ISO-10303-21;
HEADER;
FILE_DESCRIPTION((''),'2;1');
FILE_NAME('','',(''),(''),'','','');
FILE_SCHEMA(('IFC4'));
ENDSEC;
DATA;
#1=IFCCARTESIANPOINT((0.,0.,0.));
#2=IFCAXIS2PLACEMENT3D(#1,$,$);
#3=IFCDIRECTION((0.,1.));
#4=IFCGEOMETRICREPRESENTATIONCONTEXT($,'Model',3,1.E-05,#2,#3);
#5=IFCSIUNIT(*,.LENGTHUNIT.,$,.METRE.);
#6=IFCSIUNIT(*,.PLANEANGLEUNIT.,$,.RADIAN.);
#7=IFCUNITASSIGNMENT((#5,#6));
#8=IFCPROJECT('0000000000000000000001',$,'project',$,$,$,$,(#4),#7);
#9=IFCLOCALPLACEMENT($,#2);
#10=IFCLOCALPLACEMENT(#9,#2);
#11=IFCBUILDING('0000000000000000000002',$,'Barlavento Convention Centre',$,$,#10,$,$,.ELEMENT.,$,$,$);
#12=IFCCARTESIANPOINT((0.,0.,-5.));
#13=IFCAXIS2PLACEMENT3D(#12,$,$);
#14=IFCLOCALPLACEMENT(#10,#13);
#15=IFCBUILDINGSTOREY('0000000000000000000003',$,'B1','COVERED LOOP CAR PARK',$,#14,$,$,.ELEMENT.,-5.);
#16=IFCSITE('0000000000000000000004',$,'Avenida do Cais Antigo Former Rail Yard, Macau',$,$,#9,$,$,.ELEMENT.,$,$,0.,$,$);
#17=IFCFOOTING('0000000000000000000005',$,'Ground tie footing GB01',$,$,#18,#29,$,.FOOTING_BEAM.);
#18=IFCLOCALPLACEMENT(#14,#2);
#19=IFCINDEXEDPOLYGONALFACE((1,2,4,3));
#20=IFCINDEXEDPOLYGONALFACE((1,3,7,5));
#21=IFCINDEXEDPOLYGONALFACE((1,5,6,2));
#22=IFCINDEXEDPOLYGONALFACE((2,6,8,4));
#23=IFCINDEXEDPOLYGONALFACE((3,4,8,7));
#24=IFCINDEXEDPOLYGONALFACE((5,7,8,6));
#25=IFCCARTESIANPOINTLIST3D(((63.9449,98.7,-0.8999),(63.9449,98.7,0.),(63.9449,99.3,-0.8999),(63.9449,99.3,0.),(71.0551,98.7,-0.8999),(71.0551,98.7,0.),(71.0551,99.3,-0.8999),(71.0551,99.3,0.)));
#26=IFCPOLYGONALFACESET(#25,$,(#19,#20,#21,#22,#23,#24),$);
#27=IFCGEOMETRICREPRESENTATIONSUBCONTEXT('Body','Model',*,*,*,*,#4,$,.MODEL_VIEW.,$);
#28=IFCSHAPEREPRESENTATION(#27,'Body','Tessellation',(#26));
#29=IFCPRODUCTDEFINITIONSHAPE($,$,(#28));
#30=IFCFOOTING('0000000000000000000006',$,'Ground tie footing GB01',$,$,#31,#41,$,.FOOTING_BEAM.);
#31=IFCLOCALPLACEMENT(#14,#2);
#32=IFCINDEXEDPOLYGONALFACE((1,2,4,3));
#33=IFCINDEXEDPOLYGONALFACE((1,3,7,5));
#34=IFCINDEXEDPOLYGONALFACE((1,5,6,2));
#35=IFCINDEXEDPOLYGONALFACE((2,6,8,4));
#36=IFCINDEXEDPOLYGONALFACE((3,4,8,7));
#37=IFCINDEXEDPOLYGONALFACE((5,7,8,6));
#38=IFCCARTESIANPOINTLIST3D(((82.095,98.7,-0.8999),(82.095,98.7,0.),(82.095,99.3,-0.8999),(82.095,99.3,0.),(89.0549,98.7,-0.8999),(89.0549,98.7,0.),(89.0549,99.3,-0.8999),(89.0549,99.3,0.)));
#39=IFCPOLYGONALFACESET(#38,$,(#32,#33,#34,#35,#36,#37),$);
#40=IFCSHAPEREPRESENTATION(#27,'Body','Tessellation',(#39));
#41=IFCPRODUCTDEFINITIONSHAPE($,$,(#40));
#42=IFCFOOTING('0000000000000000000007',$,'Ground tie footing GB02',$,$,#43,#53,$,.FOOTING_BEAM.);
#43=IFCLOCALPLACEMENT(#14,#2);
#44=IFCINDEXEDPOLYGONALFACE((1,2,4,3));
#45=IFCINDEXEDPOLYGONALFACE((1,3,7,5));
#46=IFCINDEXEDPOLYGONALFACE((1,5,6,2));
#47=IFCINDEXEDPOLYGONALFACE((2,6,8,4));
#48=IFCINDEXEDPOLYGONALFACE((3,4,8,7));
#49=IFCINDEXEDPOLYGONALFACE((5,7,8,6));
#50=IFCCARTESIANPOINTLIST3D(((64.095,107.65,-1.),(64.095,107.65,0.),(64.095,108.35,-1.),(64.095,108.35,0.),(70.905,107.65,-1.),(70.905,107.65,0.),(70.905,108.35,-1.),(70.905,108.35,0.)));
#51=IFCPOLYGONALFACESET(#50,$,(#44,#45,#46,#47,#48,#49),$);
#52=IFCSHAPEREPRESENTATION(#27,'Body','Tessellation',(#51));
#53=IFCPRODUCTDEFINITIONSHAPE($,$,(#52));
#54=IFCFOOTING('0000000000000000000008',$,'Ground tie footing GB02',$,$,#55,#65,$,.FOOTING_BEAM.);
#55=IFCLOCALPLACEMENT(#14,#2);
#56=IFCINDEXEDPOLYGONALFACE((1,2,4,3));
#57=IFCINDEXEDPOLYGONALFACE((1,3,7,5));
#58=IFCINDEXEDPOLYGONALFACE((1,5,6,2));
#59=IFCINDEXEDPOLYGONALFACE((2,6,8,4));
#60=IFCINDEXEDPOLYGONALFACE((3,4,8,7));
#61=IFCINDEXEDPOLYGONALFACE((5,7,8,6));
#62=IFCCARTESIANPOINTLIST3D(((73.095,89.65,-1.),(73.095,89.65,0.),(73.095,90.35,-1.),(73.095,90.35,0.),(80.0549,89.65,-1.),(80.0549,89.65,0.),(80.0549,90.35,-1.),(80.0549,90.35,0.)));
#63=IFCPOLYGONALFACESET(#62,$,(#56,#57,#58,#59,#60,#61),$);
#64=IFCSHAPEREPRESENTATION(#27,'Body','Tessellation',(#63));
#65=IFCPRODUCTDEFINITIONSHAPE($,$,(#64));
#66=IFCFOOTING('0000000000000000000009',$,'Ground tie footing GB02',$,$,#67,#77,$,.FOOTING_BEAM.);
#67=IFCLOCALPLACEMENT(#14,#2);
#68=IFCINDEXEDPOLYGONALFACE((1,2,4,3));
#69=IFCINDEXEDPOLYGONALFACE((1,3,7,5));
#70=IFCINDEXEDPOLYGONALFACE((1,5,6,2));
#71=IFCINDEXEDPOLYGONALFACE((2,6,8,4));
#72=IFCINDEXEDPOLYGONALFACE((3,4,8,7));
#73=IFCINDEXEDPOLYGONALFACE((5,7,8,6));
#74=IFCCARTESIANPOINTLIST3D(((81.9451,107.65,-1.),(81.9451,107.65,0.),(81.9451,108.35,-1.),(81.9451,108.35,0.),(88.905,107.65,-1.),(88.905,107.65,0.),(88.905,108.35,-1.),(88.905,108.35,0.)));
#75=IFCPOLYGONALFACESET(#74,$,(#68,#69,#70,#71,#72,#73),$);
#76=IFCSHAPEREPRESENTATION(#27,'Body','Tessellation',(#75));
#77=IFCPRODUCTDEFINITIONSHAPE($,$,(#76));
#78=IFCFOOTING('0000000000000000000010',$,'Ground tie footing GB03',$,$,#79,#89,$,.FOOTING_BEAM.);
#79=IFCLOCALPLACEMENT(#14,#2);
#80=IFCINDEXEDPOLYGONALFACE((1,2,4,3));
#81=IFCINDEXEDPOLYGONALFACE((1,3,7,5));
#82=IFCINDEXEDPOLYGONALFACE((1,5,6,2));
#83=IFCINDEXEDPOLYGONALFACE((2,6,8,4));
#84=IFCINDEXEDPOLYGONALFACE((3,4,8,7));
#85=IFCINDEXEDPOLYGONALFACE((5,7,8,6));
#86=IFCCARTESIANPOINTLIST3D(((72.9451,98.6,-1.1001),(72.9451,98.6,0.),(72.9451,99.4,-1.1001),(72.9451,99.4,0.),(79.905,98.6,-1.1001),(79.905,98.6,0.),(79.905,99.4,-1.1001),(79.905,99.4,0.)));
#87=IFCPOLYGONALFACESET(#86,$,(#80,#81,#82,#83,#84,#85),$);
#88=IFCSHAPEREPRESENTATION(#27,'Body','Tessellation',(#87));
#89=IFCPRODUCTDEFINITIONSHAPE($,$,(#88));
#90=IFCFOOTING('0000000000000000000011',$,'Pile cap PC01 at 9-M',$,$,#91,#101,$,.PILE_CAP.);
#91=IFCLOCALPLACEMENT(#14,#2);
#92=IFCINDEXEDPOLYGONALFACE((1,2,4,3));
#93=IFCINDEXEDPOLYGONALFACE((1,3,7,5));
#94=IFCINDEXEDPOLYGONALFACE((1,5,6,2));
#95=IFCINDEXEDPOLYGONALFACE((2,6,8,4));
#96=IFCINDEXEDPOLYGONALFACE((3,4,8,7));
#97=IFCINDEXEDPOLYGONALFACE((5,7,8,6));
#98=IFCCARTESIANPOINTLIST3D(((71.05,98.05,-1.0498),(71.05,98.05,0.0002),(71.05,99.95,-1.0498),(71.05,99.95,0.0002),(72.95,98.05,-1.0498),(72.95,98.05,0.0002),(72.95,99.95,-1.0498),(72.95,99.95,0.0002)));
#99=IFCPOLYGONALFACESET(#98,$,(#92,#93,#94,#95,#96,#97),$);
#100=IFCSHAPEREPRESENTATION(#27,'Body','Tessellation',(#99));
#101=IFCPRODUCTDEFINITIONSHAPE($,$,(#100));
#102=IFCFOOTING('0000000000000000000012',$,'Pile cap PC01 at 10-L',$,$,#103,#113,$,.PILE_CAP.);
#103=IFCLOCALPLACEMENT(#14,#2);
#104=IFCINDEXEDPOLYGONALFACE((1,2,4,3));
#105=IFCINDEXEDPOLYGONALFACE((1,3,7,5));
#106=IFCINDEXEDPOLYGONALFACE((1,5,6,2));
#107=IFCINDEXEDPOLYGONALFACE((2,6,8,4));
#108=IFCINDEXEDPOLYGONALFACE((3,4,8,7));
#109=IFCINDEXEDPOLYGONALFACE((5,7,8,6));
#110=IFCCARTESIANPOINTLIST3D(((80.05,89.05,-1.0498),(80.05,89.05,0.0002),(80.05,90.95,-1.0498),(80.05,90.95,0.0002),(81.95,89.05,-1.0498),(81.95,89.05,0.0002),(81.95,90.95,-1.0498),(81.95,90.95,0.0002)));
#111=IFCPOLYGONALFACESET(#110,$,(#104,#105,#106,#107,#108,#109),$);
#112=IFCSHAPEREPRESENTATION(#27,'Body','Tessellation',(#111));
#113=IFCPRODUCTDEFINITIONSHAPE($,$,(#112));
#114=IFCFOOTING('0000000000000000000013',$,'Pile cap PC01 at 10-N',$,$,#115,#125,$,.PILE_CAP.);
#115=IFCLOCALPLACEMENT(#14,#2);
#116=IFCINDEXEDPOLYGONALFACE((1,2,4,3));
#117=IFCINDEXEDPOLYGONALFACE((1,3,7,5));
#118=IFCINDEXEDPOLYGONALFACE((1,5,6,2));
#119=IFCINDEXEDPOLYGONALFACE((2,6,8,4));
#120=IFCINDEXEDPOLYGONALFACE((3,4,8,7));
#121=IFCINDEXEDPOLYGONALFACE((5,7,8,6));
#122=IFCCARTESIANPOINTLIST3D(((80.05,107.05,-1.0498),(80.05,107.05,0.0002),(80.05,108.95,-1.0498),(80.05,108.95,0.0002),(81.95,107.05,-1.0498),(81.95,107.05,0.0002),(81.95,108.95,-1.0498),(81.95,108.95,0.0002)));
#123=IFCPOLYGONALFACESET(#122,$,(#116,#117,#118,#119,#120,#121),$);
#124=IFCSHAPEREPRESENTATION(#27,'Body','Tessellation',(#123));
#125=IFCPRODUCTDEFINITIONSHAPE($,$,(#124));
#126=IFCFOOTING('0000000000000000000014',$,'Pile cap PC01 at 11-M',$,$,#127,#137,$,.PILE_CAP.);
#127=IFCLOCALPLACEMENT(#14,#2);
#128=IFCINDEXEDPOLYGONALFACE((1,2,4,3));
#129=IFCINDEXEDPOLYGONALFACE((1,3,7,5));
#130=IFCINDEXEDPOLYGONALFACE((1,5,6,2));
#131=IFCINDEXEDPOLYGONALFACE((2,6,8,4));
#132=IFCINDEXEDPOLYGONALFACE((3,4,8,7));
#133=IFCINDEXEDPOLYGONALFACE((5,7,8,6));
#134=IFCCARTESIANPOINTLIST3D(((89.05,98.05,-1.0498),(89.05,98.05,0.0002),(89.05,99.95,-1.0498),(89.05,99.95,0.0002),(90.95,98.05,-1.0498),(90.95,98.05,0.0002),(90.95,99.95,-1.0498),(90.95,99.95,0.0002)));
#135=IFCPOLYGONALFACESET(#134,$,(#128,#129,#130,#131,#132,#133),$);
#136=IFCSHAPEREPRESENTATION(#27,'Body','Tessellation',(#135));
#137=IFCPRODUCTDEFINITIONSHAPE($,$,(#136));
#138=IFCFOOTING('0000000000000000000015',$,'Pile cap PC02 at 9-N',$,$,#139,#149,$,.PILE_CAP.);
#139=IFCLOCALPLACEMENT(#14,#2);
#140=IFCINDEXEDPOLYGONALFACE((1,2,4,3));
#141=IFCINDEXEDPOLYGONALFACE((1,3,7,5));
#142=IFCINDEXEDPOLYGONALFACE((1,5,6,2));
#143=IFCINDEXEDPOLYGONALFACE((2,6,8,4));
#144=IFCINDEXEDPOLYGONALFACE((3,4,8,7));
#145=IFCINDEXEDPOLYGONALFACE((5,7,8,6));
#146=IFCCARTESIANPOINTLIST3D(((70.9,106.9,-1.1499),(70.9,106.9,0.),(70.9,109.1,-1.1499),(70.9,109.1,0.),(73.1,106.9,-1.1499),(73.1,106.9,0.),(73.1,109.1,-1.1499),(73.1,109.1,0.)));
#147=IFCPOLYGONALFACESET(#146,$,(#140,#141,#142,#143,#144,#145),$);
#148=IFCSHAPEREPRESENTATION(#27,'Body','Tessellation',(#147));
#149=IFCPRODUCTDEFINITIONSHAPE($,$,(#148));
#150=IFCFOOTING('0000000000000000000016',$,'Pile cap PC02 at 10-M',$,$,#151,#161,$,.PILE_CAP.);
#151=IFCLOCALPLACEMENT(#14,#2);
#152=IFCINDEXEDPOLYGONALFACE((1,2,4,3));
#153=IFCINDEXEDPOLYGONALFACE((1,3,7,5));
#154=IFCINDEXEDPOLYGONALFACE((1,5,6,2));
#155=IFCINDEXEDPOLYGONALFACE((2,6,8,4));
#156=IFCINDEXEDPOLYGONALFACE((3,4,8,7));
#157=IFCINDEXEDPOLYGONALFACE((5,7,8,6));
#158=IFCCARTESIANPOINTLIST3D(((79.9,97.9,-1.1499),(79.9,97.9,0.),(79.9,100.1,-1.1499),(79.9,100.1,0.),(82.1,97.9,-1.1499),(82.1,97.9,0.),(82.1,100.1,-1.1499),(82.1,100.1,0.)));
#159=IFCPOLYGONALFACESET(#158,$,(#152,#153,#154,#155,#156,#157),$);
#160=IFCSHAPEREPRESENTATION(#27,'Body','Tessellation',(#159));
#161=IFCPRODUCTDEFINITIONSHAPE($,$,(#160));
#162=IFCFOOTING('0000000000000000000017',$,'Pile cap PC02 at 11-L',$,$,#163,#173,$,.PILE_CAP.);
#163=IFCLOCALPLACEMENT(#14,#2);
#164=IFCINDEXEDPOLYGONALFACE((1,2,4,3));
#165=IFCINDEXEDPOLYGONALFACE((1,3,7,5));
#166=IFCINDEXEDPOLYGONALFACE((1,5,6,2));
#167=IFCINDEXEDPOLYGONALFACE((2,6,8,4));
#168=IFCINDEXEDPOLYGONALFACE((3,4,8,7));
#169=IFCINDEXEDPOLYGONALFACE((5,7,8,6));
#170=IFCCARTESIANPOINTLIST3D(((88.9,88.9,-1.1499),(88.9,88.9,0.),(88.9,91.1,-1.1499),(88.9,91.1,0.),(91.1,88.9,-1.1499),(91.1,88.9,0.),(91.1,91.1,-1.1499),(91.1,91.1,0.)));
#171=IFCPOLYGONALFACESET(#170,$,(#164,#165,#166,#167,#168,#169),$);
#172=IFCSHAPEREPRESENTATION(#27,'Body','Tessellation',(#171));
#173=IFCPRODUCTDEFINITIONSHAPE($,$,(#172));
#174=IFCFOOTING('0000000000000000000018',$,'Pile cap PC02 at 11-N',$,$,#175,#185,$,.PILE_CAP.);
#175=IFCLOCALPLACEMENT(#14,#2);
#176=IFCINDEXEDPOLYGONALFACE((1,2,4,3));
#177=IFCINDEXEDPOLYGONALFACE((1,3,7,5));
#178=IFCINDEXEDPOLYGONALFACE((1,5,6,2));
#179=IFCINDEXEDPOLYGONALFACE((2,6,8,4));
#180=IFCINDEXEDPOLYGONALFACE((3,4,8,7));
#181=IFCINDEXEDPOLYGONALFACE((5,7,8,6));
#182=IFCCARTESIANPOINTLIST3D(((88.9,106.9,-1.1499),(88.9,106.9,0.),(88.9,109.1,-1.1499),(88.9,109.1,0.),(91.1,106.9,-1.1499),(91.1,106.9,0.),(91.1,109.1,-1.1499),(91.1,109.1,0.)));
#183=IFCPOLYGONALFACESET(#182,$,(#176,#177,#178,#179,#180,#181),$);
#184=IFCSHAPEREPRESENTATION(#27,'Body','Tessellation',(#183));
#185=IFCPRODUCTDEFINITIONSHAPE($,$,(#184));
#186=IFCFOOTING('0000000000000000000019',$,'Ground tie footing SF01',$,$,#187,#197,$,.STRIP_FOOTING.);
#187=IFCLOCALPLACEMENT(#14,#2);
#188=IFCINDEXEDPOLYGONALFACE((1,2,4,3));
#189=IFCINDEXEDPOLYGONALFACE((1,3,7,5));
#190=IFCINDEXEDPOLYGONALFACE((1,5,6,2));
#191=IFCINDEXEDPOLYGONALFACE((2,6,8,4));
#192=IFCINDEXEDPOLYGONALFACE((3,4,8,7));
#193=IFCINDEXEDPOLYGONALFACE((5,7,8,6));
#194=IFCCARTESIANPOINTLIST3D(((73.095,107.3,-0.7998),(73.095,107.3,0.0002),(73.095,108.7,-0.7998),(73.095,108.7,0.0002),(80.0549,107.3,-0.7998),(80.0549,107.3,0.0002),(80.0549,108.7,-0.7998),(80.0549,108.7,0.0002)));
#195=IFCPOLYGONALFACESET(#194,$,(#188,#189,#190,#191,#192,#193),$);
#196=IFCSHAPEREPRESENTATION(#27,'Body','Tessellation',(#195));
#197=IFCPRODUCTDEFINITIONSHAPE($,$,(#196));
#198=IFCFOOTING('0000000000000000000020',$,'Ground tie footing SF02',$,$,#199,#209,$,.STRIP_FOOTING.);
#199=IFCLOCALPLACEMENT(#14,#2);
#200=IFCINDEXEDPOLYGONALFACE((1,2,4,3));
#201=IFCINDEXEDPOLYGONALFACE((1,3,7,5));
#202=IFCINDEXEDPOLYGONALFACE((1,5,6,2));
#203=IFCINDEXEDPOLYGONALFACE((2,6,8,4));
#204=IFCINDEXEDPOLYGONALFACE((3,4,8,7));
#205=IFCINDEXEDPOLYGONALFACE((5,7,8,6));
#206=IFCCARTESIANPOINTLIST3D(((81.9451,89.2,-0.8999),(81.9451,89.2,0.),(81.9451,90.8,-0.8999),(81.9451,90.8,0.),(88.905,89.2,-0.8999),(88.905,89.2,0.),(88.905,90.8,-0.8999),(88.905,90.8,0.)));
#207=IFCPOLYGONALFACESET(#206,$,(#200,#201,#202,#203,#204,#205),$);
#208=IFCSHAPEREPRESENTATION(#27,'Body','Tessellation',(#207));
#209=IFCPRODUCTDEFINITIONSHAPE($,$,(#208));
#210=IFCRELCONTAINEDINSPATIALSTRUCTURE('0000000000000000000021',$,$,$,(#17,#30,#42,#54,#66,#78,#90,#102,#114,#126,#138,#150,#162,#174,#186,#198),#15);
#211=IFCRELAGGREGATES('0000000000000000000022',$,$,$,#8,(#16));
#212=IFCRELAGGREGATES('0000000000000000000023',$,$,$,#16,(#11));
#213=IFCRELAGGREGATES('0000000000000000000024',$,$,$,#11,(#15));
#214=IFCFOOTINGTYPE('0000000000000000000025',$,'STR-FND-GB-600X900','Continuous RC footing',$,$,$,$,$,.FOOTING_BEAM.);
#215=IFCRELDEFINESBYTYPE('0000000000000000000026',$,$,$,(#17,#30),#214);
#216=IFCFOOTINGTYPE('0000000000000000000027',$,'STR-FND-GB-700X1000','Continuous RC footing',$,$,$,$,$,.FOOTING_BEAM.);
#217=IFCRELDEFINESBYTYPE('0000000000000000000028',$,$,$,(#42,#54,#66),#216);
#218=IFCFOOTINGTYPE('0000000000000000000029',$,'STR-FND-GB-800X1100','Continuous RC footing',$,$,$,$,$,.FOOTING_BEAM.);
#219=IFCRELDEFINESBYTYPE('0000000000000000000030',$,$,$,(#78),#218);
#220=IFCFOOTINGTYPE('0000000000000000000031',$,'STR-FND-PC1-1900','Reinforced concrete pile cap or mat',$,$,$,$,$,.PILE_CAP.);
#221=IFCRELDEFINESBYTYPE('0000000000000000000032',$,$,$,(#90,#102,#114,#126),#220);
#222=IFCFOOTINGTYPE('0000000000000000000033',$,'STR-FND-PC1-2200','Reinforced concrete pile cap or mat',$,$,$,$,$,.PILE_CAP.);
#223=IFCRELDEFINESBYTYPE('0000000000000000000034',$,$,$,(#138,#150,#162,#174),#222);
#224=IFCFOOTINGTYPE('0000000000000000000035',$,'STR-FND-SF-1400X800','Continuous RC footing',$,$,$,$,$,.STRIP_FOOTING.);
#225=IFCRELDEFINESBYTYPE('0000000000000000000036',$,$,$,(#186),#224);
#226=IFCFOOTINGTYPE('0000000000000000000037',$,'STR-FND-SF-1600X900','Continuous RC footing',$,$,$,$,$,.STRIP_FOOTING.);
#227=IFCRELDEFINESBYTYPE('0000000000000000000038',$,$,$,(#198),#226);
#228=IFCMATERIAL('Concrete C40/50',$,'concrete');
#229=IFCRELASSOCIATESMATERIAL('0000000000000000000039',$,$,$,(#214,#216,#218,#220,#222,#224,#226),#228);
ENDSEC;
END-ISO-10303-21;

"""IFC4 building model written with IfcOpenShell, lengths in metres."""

from ifc_helpers import new_model, si_unit, direction, frame, origin, origin_2d, place, context, subcontext, project, spatial, rectangle, extrude, material, type_object, element, save


model = new_model("IFC4")

# Units and contexts
model_context = context("Model", 3, precision=1e-05, world=origin(), true_north=direction((0.0, 1.0)))
body_context = subcontext(model_context, "Body", "Model", "MODEL_VIEW")
ifc_project = project(units=[si_unit("LENGTHUNIT", "METRE"), si_unit("PLANEANGLEUNIT", "RADIAN")], contexts=[model_context])

# Site, building, storey
site_placement = place(None, origin())
site = spatial("IfcSite", under=ifc_project, at=site_placement, Name="Avenida do Cais Antigo Former Rail Yard, Macau", CompositionType="ELEMENT", RefElevation=0.0)
building_placement = place(site_placement, origin())
building = spatial("IfcBuilding", under=site, at=building_placement, Name="Barlavento Convention Centre", CompositionType="ELEMENT")
storey_placement = place(building_placement, frame((0.0, 0.0, -5.0)))
storey = spatial("IfcBuildingStorey", under=building, at=storey_placement, Name="B1", Description="COVERED LOOP CAR PARK", CompositionType="ELEMENT", Elevation=-5.0)

# Footings
ifc_material_1 = material(Name="Concrete C40/50", Category="concrete")
footing_type_1 = type_object("IfcFootingType", Name="STR-FND-GB-600X900", Description="Continuous RC footing", PredefinedType="FOOTING_BEAM", material=ifc_material_1)
footing_1_placement = place(storey_placement, frame((67.5, 99.0, -0.8999), z_axis=(0.0, 0.0, 1.0), x_axis=(1.0, 0.0, 0.0)))
element("IfcFooting", 1, at=footing_1_placement, inside=storey, type_object=footing_type_1, Name="Ground tie footing GB01", PredefinedType="FOOTING_BEAM", context=body_context, shape_type="SweptSolid", body=[
    extrude(rectangle(XDim=7.1101, YDim=0.6001, at=origin_2d()), origin(), (0.0, 0.0, 1.0), 0.8999),
])
footing_2_placement = place(storey_placement, frame((85.575, 99.0, -0.8999), z_axis=(0.0, 0.0, 1.0), x_axis=(1.0, 0.0, 0.0)))
element("IfcFooting", 2, at=footing_2_placement, inside=storey, type_object=footing_type_1, Name="Ground tie footing GB01", PredefinedType="FOOTING_BEAM", context=body_context, shape_type="SweptSolid", body=[
    extrude(rectangle(XDim=6.96, YDim=0.6001, at=origin_2d()), origin(), (0.0, 0.0, 1.0), 0.8999),
])
footing_type_2 = type_object("IfcFootingType", Name="STR-FND-GB-700X1000", Description="Continuous RC footing", PredefinedType="FOOTING_BEAM", material=ifc_material_1)
footing_3_placement = place(storey_placement, frame((67.5, 108.0, -1.0), z_axis=(0.0, 0.0, 1.0), x_axis=(1.0, 0.0, 0.0)))
element("IfcFooting", 3, at=footing_3_placement, inside=storey, type_object=footing_type_2, Name="Ground tie footing GB02", PredefinedType="FOOTING_BEAM", context=body_context, shape_type="SweptSolid", body=[
    extrude(rectangle(XDim=6.8101, YDim=0.7, at=origin_2d()), origin(), (0.0, 0.0, 1.0), 1.0),
])
for number, where, z_axis, x_axis, name in (
    (4, (76.575, 90.0, -1.0), (0.0, 0.0, 1.0), (1.0, 0.0, 0.0), "Ground tie footing GB02"),
    (5, (85.425, 108.0, -1.0), (0.0, 0.0, 1.0), (1.0, 0.0, 0.0), "Ground tie footing GB02"),
):
    element("IfcFooting", number, at=place(storey_placement, frame(where, z_axis=z_axis, x_axis=x_axis)), inside=storey, type_object=footing_type_2, Name=name, PredefinedType="FOOTING_BEAM", context=body_context, shape_type="SweptSolid", body=[
        extrude(rectangle(XDim=6.96, YDim=0.7, at=origin_2d()), origin(), (0.0, 0.0, 1.0), 1.0),
    ])
footing_type_3 = type_object("IfcFootingType", Name="STR-FND-GB-800X1100", Description="Continuous RC footing", PredefinedType="FOOTING_BEAM", material=ifc_material_1)
footing_4_placement = place(storey_placement, frame((76.425, 99.0, -1.1001), z_axis=(0.0, 0.0, 1.0), x_axis=(1.0, 0.0, 0.0)))
element("IfcFooting", 6, at=footing_4_placement, inside=storey, type_object=footing_type_3, Name="Ground tie footing GB03", PredefinedType="FOOTING_BEAM", context=body_context, shape_type="SweptSolid", body=[
    extrude(rectangle(XDim=6.96, YDim=0.8, at=origin_2d()), origin(), (0.0, 0.0, 1.0), 1.1001),
])
footing_type_4 = type_object("IfcFootingType", Name="STR-FND-PC1-1900", Description="Reinforced concrete pile cap or mat", PredefinedType="PILE_CAP", material=ifc_material_1)
for number, where, z_axis, x_axis, name in (
    (7, (72.0, 99.0, -1.0498), (0.0, 0.0, 1.0), (1.0, 0.0, 0.0), "Pile cap PC01 at 9-M"),
    (8, (81.0, 90.0, -1.0498), (0.0, 0.0, 1.0), (1.0, 0.0, 0.0), "Pile cap PC01 at 10-L"),
    (9, (81.0, 108.0, -1.0498), (0.0, 0.0, 1.0), (1.0, 0.0, 0.0), "Pile cap PC01 at 10-N"),
    (10, (90.0, 99.0, -1.0498), (0.0, 0.0, 1.0), (1.0, 0.0, 0.0), "Pile cap PC01 at 11-M"),
):
    element("IfcFooting", number, at=place(storey_placement, frame(where, z_axis=z_axis, x_axis=x_axis)), inside=storey, type_object=footing_type_4, Name=name, PredefinedType="PILE_CAP", context=body_context, shape_type="SweptSolid", body=[
        extrude(rectangle(XDim=1.8999, YDim=1.8999, at=origin_2d()), origin(), (0.0, 0.0, 1.0), 1.05),
    ])
footing_type_5 = type_object("IfcFootingType", Name="STR-FND-PC1-2200", Description="Reinforced concrete pile cap or mat", PredefinedType="PILE_CAP", material=ifc_material_1)
for number, where, z_axis, x_axis, name in (
    (11, (72.0, 108.0, -1.1499), (0.0, 0.0, 1.0), (1.0, 0.0, 0.0), "Pile cap PC02 at 9-N"),
    (12, (81.0, 99.0, -1.1499), (0.0, 0.0, 1.0), (1.0, 0.0, 0.0), "Pile cap PC02 at 10-M"),
    (13, (90.0, 90.0, -1.1499), (0.0, 0.0, 1.0), (1.0, 0.0, 0.0), "Pile cap PC02 at 11-L"),
    (14, (90.0, 108.0, -1.1499), (0.0, 0.0, 1.0), (1.0, 0.0, 0.0), "Pile cap PC02 at 11-N"),
):
    element("IfcFooting", number, at=place(storey_placement, frame(where, z_axis=z_axis, x_axis=x_axis)), inside=storey, type_object=footing_type_5, Name=name, PredefinedType="PILE_CAP", context=body_context, shape_type="SweptSolid", body=[
        extrude(rectangle(XDim=2.2, YDim=2.2, at=origin_2d()), origin(), (0.0, 0.0, 1.0), 1.1499),
    ])
footing_type_6 = type_object("IfcFootingType", Name="STR-FND-SF-1400X800", Description="Continuous RC footing", PredefinedType="STRIP_FOOTING", material=ifc_material_1)
footing_5_placement = place(storey_placement, frame((76.575, 108.0, -0.7998), z_axis=(0.0, 0.0, 1.0), x_axis=(1.0, 0.0, 0.0)))
element("IfcFooting", 15, at=footing_5_placement, inside=storey, type_object=footing_type_6, Name="Ground tie footing SF01", PredefinedType="STRIP_FOOTING", context=body_context, shape_type="SweptSolid", body=[
    extrude(rectangle(XDim=6.96, YDim=1.3999, at=origin_2d()), origin(), (0.0, 0.0, 1.0), 0.8),
])
footing_type_7 = type_object("IfcFootingType", Name="STR-FND-SF-1600X900", Description="Continuous RC footing", PredefinedType="STRIP_FOOTING", material=ifc_material_1)
footing_6_placement = place(storey_placement, frame((85.425, 90.0, -0.8999), z_axis=(0.0, 0.0, 1.0), x_axis=(1.0, 0.0, 0.0)))
element("IfcFooting", 16, at=footing_6_placement, inside=storey, type_object=footing_type_7, Name="Ground tie footing SF02", PredefinedType="STRIP_FOOTING", context=body_context, shape_type="SweptSolid", body=[
    extrude(rectangle(XDim=6.96, YDim=1.6001, at=origin_2d()), origin(), (0.0, 0.0, 1.0), 0.8999),
])

save(model, "model.ifc")
